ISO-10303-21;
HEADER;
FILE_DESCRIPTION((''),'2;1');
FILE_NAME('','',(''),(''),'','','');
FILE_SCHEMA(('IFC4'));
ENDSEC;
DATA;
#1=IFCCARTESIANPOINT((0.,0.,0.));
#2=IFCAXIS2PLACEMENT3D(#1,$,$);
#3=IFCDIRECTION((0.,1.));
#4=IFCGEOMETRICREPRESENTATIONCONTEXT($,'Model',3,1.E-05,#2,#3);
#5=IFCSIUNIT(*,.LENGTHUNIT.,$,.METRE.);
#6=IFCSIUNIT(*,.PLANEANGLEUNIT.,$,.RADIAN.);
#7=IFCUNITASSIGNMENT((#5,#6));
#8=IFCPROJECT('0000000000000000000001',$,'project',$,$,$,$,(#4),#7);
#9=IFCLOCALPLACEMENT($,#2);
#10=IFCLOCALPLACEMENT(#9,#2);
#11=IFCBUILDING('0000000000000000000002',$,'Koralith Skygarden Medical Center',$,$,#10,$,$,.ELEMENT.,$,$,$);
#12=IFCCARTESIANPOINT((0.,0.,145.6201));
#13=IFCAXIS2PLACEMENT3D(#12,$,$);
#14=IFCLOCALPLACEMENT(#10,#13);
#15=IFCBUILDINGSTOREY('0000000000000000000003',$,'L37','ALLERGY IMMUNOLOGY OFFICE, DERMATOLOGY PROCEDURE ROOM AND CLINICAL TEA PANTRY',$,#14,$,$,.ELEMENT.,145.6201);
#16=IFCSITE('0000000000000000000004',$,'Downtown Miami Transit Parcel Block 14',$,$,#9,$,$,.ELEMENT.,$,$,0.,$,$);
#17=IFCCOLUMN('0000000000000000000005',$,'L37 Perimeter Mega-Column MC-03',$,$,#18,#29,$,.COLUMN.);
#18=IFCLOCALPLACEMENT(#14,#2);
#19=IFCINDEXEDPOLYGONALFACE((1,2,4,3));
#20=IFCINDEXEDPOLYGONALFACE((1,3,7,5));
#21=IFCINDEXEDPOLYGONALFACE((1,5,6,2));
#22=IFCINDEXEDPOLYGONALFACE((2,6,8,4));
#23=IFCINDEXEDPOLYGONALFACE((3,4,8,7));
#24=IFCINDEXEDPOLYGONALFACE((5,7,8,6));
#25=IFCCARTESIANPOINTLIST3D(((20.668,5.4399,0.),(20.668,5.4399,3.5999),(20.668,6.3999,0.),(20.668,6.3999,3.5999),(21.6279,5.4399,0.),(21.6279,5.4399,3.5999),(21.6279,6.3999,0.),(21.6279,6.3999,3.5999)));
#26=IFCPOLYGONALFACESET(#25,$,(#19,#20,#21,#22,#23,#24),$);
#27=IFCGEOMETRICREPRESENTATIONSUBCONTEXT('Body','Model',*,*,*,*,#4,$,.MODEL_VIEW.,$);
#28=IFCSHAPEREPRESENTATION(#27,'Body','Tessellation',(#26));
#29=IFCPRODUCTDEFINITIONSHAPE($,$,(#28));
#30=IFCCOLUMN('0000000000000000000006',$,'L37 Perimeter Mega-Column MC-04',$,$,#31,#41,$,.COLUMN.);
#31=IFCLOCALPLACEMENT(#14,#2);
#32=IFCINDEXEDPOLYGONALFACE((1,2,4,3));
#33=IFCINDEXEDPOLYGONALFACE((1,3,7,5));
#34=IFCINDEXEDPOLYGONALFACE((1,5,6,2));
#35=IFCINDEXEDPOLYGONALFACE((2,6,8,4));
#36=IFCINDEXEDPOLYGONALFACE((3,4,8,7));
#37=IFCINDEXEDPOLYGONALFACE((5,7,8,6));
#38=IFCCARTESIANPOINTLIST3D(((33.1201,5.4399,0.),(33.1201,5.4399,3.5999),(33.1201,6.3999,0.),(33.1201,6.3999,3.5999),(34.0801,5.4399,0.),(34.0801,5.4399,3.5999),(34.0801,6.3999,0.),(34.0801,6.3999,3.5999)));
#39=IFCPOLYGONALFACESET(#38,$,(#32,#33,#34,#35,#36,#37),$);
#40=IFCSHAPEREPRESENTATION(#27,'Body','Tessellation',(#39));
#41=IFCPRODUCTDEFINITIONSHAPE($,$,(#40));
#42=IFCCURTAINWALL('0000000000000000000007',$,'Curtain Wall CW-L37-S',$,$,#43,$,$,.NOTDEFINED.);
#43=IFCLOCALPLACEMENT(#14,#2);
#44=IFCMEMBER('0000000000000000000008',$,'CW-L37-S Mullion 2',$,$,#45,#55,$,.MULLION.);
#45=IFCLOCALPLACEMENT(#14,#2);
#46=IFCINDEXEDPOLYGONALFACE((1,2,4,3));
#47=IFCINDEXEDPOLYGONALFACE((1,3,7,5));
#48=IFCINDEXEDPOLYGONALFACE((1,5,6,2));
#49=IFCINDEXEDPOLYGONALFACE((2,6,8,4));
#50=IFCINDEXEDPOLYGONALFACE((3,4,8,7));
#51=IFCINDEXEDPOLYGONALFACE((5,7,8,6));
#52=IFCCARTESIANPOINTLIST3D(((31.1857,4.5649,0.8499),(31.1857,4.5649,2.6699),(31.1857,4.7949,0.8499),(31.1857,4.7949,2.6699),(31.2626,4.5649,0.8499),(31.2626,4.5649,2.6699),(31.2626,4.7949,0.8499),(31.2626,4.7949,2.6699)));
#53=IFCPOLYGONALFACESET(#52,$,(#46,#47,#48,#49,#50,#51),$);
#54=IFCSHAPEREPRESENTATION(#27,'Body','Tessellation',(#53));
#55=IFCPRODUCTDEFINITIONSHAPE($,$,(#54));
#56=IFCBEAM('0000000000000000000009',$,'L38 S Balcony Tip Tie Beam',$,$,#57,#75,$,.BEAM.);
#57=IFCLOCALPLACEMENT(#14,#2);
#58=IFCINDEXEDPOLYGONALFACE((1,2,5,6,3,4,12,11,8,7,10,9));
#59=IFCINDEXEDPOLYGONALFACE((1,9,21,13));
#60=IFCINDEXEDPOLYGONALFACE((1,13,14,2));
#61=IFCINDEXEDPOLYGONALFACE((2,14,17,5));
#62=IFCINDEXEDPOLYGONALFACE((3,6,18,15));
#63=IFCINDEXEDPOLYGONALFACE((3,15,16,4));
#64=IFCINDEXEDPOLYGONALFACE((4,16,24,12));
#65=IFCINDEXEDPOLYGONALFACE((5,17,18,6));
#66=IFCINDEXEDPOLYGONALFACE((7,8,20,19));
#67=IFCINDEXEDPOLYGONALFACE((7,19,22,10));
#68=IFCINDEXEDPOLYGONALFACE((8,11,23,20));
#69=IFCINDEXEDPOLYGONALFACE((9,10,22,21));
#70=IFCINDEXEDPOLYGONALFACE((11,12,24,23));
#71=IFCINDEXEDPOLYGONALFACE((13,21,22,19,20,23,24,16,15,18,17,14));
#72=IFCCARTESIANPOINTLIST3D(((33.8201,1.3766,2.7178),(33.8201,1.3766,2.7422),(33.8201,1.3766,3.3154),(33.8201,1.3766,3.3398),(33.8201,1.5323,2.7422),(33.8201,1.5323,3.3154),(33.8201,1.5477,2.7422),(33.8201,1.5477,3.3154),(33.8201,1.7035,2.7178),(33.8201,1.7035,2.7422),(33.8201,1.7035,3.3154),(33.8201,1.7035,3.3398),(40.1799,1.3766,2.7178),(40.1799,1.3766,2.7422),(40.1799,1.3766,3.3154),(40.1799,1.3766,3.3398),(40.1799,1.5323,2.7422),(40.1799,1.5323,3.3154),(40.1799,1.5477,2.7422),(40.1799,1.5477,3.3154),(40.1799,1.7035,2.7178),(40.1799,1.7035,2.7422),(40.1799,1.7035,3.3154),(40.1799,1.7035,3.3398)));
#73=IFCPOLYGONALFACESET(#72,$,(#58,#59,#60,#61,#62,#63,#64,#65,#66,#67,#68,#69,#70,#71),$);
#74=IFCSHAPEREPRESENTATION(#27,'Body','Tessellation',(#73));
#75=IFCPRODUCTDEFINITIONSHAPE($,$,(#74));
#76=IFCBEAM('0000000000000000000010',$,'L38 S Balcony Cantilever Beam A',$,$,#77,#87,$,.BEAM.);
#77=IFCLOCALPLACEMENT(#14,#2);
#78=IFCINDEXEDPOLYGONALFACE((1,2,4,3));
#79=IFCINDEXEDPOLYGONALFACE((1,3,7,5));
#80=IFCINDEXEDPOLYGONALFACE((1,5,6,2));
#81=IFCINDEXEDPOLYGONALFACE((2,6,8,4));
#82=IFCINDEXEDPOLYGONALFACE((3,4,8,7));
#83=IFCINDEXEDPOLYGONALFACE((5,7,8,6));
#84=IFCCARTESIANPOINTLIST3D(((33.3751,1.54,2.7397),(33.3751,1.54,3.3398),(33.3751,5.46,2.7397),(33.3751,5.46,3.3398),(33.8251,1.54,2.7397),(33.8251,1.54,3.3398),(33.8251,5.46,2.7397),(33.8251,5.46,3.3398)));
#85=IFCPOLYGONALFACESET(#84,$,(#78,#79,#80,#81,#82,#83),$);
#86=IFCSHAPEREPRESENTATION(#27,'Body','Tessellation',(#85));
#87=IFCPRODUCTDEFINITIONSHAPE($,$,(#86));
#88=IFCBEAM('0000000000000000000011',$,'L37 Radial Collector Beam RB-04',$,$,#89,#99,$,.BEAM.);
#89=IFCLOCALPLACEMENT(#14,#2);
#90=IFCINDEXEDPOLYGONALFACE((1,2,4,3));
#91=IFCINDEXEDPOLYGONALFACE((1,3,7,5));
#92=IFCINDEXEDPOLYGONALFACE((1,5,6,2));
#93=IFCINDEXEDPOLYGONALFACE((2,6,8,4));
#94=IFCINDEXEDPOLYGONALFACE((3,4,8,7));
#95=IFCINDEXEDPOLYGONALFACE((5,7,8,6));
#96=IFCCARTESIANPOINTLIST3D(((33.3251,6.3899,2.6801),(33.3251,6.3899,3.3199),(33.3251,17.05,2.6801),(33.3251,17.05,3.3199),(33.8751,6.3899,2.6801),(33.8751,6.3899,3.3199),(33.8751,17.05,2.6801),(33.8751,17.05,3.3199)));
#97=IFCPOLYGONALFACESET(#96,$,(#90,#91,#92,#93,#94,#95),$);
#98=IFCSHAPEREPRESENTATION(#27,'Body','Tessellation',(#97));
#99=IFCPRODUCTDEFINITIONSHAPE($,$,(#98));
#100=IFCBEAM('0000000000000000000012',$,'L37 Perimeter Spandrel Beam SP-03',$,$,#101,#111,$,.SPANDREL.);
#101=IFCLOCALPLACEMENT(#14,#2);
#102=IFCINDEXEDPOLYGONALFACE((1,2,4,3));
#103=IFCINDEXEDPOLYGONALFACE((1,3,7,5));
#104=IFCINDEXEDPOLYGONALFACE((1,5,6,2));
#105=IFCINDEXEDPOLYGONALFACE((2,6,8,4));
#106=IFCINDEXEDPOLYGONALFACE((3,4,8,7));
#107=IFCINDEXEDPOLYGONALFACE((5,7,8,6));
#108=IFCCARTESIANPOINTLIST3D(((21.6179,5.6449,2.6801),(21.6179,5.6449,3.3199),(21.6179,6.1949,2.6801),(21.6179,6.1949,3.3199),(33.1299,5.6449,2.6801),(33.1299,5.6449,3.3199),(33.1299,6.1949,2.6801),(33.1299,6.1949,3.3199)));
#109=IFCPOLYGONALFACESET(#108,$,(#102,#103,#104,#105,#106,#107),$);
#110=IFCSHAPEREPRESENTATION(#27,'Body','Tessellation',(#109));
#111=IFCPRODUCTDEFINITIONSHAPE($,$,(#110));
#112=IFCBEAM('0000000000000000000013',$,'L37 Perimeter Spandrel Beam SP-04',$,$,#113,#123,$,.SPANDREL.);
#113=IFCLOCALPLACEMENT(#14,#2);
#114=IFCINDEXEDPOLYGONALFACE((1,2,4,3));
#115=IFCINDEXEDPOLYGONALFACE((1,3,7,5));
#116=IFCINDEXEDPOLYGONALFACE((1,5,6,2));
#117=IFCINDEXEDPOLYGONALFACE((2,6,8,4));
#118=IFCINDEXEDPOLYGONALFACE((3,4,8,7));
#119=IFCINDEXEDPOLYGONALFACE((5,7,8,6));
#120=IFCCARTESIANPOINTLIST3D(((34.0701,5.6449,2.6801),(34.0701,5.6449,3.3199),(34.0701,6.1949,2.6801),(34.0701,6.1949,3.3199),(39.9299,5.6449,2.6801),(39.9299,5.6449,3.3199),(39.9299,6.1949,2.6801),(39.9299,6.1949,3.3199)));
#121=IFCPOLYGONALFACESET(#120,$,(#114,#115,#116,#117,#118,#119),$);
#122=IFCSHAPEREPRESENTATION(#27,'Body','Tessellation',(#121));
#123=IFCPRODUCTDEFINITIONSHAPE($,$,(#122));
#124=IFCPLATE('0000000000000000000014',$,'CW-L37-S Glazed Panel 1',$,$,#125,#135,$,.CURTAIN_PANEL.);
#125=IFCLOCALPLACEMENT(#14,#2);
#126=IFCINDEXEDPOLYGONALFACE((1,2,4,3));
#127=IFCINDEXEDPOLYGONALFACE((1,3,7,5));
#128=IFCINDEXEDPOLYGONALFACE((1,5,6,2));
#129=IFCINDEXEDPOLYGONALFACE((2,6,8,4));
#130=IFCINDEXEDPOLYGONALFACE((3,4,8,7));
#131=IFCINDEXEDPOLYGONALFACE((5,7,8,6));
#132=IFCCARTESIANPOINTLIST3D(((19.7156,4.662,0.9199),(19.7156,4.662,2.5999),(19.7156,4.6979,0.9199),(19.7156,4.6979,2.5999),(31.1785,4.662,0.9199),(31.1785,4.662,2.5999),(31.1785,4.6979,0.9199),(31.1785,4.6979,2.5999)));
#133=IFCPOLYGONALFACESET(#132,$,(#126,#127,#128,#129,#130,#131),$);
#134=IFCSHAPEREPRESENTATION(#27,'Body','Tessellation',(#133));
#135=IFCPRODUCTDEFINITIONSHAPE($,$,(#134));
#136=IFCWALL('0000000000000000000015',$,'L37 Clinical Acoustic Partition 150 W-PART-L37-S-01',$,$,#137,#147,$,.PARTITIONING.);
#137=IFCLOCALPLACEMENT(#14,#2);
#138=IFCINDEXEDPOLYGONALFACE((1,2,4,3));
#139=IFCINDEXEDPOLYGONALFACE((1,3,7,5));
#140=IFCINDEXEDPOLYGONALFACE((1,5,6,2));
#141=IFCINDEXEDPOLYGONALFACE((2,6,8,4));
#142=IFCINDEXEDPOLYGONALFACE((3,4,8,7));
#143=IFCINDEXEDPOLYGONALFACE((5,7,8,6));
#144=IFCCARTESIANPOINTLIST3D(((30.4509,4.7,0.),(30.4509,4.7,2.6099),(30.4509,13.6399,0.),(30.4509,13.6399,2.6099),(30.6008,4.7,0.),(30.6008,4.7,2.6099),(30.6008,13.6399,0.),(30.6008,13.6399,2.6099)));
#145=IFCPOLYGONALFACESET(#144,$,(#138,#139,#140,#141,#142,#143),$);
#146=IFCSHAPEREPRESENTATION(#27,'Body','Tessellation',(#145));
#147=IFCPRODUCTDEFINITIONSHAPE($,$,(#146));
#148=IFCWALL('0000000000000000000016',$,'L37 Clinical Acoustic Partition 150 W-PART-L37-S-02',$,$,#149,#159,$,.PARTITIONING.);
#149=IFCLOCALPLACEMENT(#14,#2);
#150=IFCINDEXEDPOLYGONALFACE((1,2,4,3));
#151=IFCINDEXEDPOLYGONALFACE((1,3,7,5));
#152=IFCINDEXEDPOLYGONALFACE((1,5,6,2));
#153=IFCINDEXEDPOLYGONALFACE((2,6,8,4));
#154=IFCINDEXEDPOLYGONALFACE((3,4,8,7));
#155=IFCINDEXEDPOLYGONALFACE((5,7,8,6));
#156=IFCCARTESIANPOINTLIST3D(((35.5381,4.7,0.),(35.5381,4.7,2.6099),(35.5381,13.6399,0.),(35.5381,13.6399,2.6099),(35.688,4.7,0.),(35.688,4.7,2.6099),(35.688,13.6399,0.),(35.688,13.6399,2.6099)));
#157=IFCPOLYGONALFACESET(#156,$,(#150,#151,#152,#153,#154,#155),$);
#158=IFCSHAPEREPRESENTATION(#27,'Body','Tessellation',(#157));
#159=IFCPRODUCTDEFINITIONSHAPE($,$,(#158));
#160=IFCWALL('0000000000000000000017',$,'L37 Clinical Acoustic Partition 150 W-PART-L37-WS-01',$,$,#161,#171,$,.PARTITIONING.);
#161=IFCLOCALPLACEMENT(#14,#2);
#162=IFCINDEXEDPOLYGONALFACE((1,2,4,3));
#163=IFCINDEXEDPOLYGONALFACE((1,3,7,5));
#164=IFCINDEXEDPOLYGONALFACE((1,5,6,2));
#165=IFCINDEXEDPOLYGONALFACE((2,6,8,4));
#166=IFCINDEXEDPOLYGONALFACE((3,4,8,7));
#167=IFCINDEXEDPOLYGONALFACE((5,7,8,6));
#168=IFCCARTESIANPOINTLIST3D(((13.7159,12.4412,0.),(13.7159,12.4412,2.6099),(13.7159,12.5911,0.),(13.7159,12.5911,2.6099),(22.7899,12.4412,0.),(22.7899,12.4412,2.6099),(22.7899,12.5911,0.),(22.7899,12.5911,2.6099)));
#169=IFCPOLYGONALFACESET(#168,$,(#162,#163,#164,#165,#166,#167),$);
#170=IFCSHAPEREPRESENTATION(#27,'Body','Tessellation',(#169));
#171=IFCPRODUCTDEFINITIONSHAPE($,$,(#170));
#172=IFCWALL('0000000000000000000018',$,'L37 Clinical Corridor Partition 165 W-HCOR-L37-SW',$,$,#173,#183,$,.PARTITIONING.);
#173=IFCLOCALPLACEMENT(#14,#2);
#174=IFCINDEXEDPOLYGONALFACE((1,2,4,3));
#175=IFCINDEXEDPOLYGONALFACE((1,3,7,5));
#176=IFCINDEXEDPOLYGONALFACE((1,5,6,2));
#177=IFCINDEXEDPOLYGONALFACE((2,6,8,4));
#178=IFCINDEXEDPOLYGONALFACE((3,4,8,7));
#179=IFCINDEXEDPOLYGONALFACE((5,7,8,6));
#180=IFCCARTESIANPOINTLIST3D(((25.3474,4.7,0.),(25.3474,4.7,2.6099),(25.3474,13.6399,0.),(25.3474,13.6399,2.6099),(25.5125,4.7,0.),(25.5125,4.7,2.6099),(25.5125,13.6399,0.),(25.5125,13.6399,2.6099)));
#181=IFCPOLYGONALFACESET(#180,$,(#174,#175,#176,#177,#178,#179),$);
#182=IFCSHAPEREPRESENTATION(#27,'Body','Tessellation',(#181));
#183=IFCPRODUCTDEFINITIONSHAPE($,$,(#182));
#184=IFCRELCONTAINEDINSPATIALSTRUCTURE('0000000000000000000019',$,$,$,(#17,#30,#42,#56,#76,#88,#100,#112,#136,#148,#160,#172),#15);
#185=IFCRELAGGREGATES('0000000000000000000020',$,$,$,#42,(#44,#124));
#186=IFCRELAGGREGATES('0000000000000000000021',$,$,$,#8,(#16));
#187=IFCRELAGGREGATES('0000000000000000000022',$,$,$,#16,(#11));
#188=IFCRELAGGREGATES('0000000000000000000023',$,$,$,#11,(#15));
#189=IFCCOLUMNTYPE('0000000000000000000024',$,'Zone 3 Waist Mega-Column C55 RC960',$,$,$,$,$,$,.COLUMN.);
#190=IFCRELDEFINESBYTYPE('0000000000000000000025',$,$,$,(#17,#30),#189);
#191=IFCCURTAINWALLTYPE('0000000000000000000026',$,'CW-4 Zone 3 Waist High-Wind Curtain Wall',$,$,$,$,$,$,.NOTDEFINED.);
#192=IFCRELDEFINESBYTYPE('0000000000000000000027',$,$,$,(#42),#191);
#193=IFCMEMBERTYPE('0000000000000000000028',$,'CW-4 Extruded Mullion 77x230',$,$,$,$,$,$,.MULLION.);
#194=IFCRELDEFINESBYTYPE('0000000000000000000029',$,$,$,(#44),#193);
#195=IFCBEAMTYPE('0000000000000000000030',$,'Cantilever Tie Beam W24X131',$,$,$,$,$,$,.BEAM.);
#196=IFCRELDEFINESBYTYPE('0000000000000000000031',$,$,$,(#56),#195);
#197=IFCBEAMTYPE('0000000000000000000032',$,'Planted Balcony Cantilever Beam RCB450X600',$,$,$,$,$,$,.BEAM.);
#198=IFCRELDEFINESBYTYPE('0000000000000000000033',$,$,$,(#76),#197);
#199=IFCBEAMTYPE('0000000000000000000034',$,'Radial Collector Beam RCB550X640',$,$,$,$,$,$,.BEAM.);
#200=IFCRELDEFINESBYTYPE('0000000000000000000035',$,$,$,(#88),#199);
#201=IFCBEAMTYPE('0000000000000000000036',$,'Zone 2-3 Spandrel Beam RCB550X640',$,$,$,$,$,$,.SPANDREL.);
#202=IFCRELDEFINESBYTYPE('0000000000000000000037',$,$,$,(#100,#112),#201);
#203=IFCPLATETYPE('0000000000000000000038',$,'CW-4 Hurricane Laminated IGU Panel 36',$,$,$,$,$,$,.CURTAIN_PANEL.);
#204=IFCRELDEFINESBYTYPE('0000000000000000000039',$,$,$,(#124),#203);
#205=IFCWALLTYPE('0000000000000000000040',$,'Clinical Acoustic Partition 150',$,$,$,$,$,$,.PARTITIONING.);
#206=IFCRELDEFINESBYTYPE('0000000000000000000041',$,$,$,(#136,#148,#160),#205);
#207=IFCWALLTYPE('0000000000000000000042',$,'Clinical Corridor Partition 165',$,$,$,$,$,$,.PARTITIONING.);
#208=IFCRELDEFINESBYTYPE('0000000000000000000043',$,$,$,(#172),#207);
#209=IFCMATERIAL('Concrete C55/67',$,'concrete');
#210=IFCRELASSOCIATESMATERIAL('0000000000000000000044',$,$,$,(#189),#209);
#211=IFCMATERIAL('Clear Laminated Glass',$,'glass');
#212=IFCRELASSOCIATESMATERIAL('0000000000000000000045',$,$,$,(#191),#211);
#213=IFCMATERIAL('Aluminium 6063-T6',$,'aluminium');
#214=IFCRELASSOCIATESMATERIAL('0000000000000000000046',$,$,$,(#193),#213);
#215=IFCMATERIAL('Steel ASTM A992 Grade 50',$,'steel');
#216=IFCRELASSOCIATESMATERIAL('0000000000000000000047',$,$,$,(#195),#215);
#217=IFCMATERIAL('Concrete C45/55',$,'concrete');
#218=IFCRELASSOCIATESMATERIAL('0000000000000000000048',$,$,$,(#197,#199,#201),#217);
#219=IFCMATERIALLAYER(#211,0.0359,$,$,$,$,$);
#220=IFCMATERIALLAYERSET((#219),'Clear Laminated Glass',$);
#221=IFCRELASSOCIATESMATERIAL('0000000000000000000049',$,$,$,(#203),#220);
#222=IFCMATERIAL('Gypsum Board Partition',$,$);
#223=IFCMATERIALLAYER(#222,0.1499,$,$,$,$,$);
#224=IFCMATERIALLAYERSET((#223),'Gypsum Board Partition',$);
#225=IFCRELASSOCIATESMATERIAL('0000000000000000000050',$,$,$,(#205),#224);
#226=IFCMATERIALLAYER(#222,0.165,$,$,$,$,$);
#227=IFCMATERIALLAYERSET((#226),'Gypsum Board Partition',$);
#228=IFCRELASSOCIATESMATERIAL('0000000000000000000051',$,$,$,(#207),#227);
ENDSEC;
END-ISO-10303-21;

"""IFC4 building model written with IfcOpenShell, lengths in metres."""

from ifc_helpers import new_model, si_unit, direction, frame, frame_2d, origin, origin_2d, place, context, subcontext, project, spatial, rectangle, i_section, extrude, material, layer, layer_set, material_profile, profile_set, type_object, element, aggregate, save


model = new_model("IFC4")

# Units and contexts
model_context = context("Model", 3, precision=1e-05, world=origin(), true_north=direction((0.0, 1.0)))
body_context = subcontext(model_context, "Body", "Model", "MODEL_VIEW")
ifc_project = project(units=[si_unit("LENGTHUNIT", "METRE"), si_unit("PLANEANGLEUNIT", "RADIAN")], contexts=[model_context])

# Site, building, storey
site_placement = place(None, origin())
site = spatial("IfcSite", under=ifc_project, at=site_placement, Name="Downtown Miami Transit Parcel Block 14", CompositionType="ELEMENT", RefElevation=0.0)
building_placement = place(site_placement, origin())
building = spatial("IfcBuilding", under=site, at=building_placement, Name="Koralith Skygarden Medical Center", CompositionType="ELEMENT")
storey_placement = place(building_placement, frame((0.0, 0.0, 145.6201)))
storey = spatial("IfcBuildingStorey", under=building, at=storey_placement, Name="L37", Description="ALLERGY IMMUNOLOGY OFFICE, DERMATOLOGY PROCEDURE ROOM AND CLINICAL TEA PANTRY", CompositionType="ELEMENT", Elevation=145.6201)

# Columns
ifc_material_1 = material(Name="Concrete C55/67", Category="concrete")
ifc_material_profile_1 = material_profile(ifc_material_1, rectangle(XDim=0.96, YDim=0.96, at=origin_2d()), Name="RC960X960")
ifc_profile_set_1 = profile_set([ifc_material_profile_1], Name="Concrete C55/67")
column_type = type_object("IfcColumnType", Name="Zone 3 Waist Mega-Column C55 RC960", PredefinedType="COLUMN", material=ifc_profile_set_1)
for number, where, z_axis, x_axis, name in (
    (1, (21.1479, 5.9199, 0.0), (0.0, 0.0, 1.0), (1.0, 0.0, 0.0), "L37 Perimeter Mega-Column MC-03"),
    (2, (33.6001, 5.9199, 0.0), (0.0, 0.0, 1.0), (1.0, 0.0, 0.0), "L37 Perimeter Mega-Column MC-04"),
):
    element("IfcColumn", number, at=place(storey_placement, frame(where, z_axis=z_axis, x_axis=x_axis)), inside=storey, type_object=column_type, Name=name, PredefinedType="COLUMN", context=body_context, shape_type="SweptSolid", body=[
        extrude(rectangle(XDim=0.96, YDim=0.96, at=origin_2d()), origin(), (0.0, 0.0, 1.0), 3.5999),
    ])

# Curtain wall, member
ifc_material_2 = material(Name="Clear Laminated Glass", Category="glass")
curtain_wall_type = type_object("IfcCurtainWallType", Name="CW-4 Zone 3 Waist High-Wind Curtain Wall", PredefinedType="NOTDEFINED", material=ifc_material_2)
curtain_wall_placement = place(storey_placement, origin())
curtain_wall = element("IfcCurtainWall", 3, at=curtain_wall_placement, inside=storey, type_object=curtain_wall_type, Name="Curtain Wall CW-L37-S", PredefinedType="NOTDEFINED")
ifc_material_3 = material(Name="Aluminium 6063-T6", Category="aluminium")
ifc_material_profile_2 = material_profile(ifc_material_3, rectangle(XDim=0.0769, YDim=0.23, at=origin_2d()), Name="MUL77X230")
ifc_profile_set_2 = profile_set([ifc_material_profile_2], Name="Aluminium 6063-T6")
member_type = type_object("IfcMemberType", Name="CW-4 Extruded Mullion 77x230", PredefinedType="MULLION", material=ifc_profile_set_2)
member_placement = place(storey_placement, frame((31.2241, 4.6799, 0.8499), z_axis=(0.0, 0.0, 1.0), x_axis=(1.0, 0.0, 0.0)))
member = element("IfcMember", 4, at=member_placement, type_object=member_type, Name="CW-L37-S Mullion 2", PredefinedType="MULLION", context=body_context, shape_type="SweptSolid", body=[
    extrude(rectangle(XDim=0.0769, YDim=0.23, at=origin_2d()), origin(), (0.0, 0.0, 1.0), 1.8201),
])

# Beams
ifc_material_4 = material(Name="Steel ASTM A992 Grade 50", Category="steel")
ifc_material_profile_3 = material_profile(ifc_material_4, i_section(OverallWidth=0.3269, OverallDepth=0.6221, WebThickness=0.0154, FlangeThickness=0.0244, at=origin_2d()), Name="W24X131")
ifc_profile_set_3 = profile_set([ifc_material_profile_3], Name="Steel ASTM A992 Grade 50")
beam_type_1 = type_object("IfcBeamType", Name="Cantilever Tie Beam W24X131", PredefinedType="BEAM", material=ifc_profile_set_3)
beam_1_placement = place(storey_placement, frame((33.8201, 1.54, 3.0288), z_axis=(1.0, 0.0, 0.0), x_axis=(0.0, 1.0, 0.0)))
element("IfcBeam", 5, at=beam_1_placement, inside=storey, type_object=beam_type_1, Name="L38 S Balcony Tip Tie Beam", PredefinedType="BEAM", context=body_context, shape_type="SweptSolid", body=[
    extrude(i_section(OverallWidth=0.3269, OverallDepth=0.6221, WebThickness=0.0154, FlangeThickness=0.0244, at=origin_2d()), origin(), (0.0, 0.0, 1.0), 6.3599),
])
ifc_material_5 = material(Name="Concrete C45/55", Category="concrete")
ifc_material_profile_4 = material_profile(ifc_material_5, rectangle(XDim=0.45, YDim=0.6001, at=origin_2d()), Name="RCB450X600")
ifc_profile_set_4 = profile_set([ifc_material_profile_4], Name="Concrete C45/55")
beam_type_2 = type_object("IfcBeamType", Name="Planted Balcony Cantilever Beam RCB450X600", PredefinedType="BEAM", material=ifc_profile_set_4)
beam_2_placement = place(storey_placement, frame((33.6001, 5.46, 3.0398), z_axis=(0.0, -1.0, 0.0), x_axis=(1.0, 0.0, 0.0)))
element("IfcBeam", 6, at=beam_2_placement, inside=storey, type_object=beam_type_2, Name="L38 S Balcony Cantilever Beam A", PredefinedType="BEAM", context=body_context, shape_type="SweptSolid", body=[
    extrude(rectangle(XDim=0.45, YDim=0.6001, at=origin_2d()), origin(), (0.0, 0.0, 1.0), 3.9199),
])
ifc_material_profile_5 = material_profile(ifc_material_5, rectangle(XDim=0.55, YDim=0.6399, at=origin_2d()), Name="RCB550X640")
ifc_profile_set_5 = profile_set([ifc_material_profile_5], Name="Concrete C45/55")
beam_type_3 = type_object("IfcBeamType", Name="Radial Collector Beam RCB550X640", PredefinedType="BEAM", material=ifc_profile_set_5)
beam_3_placement = place(storey_placement, frame((33.6001, 17.05, 3.0), z_axis=(0.0, -1.0, 0.0), x_axis=(1.0, 0.0, 0.0)))
element("IfcBeam", 7, at=beam_3_placement, inside=storey, type_object=beam_type_3, Name="L37 Radial Collector Beam RB-04", PredefinedType="BEAM", context=body_context, shape_type="SweptSolid", body=[
    extrude(rectangle(XDim=0.55, YDim=0.6399, at=origin_2d()), origin(), (0.0, 0.0, 1.0), 10.6602),
])
ifc_material_profile_6 = material_profile(ifc_material_5, rectangle(XDim=0.55, YDim=0.6399, at=origin_2d()), Name="RCB550X640")
ifc_profile_set_6 = profile_set([ifc_material_profile_6], Name="Concrete C45/55")
beam_type_4 = type_object("IfcBeamType", Name="Zone 2-3 Spandrel Beam RCB550X640", PredefinedType="SPANDREL", material=ifc_profile_set_6)
beam_4_placement = place(storey_placement, frame((21.6179, 5.9199, 3.0), z_axis=(1.0, 0.0, 0.0), x_axis=(0.0, 1.0, 0.0)))
element("IfcBeam", 8, at=beam_4_placement, inside=storey, type_object=beam_type_4, Name="L37 Perimeter Spandrel Beam SP-03", PredefinedType="SPANDREL", context=body_context, shape_type="SweptSolid", body=[
    extrude(rectangle(XDim=0.55, YDim=0.6399, at=origin_2d()), origin(), (0.0, 0.0, 1.0), 11.512),
])
beam_5_placement = place(storey_placement, frame((34.0701, 5.9199, 3.0), z_axis=(1.0, 0.0, 0.0), x_axis=(0.0, 1.0, 0.0)))
element("IfcBeam", 9, at=beam_5_placement, inside=storey, type_object=beam_type_4, Name="L37 Perimeter Spandrel Beam SP-04", PredefinedType="SPANDREL", context=body_context, shape_type="SweptSolid", body=[
    extrude(rectangle(XDim=0.55, YDim=0.6399, at=origin_2d()), origin(), (0.0, 0.0, 1.0), 5.8599),
])

# Plate
ifc_layer_1 = layer(ifc_material_2, 0.0359)
ifc_layer_set_1 = layer_set([ifc_layer_1], Name="Clear Laminated Glass")
plate_type = type_object("IfcPlateType", Name="CW-4 Hurricane Laminated IGU Panel 36", PredefinedType="CURTAIN_PANEL", material=ifc_layer_set_1)
plate_placement = place(storey_placement, frame((25.447, 4.6799, 0.9199), z_axis=(0.0, 0.0, 1.0), x_axis=(1.0, 0.0, 0.0)))
plate = element("IfcPlate", 10, at=plate_placement, type_object=plate_type, Name="CW-L37-S Glazed Panel 1", PredefinedType="CURTAIN_PANEL", context=body_context, shape_type="SweptSolid", body=[
    extrude(rectangle(XDim=11.4629, YDim=0.0359, at=origin_2d()), origin(), (0.0, 0.0, 1.0), 1.6799),
])
aggregate(curtain_wall, [member, plate])

# Walls
ifc_material_6 = material(Name="Gypsum Board Partition")
ifc_layer_2 = layer(ifc_material_6, 0.1499)
ifc_layer_set_2 = layer_set([ifc_layer_2], Name="Gypsum Board Partition")
wall_type_1 = type_object("IfcWallType", Name="Clinical Acoustic Partition 150", PredefinedType="PARTITIONING", material=ifc_layer_set_2)
for number, where, z_axis, x_axis, name in (
    (11, (30.5259, 13.6399, 0.0), (0.0, 0.0, 1.0), (0.0, -1.0, 0.0), "L37 Clinical Acoustic Partition 150 W-PART-L37-S-01"),
    (12, (35.613, 13.6399, 0.0), (0.0, 0.0, 1.0), (0.0, -1.0, 0.0), "L37 Clinical Acoustic Partition 150 W-PART-L37-S-02"),
):
    element("IfcWall", number, at=place(storey_placement, frame(where, z_axis=z_axis, x_axis=x_axis)), inside=storey, type_object=wall_type_1, Name=name, PredefinedType="PARTITIONING", context=body_context, shape_type="SweptSolid", body=[
        extrude(rectangle(XDim=8.9399, YDim=0.1499, at=frame_2d((4.47, 0.0))), origin(), (0.0, 0.0, 1.0), 2.6099),
    ])
wall_1_placement = place(storey_placement, frame((22.79, 12.5161, 0.0), z_axis=(0.0, 0.0, 1.0), x_axis=(-1.0, 0.0, 0.0)))
element("IfcWall", 13, at=wall_1_placement, inside=storey, type_object=wall_type_1, Name="L37 Clinical Acoustic Partition 150 W-PART-L37-WS-01", PredefinedType="PARTITIONING", context=body_context, shape_type="SweptSolid", body=[
    extrude(rectangle(XDim=9.074, YDim=0.1499, at=frame_2d((4.5371, 0.0))), origin(), (0.0, 0.0, 1.0), 2.6099),
])
ifc_layer_3 = layer(ifc_material_6, 0.165)
ifc_layer_set_3 = layer_set([ifc_layer_3], Name="Gypsum Board Partition")
wall_type_2 = type_object("IfcWallType", Name="Clinical Corridor Partition 165", PredefinedType="PARTITIONING", material=ifc_layer_set_3)
wall_2_placement = place(storey_placement, frame((25.4299, 4.7, 0.0), z_axis=(0.0, 0.0, 1.0), x_axis=(0.0, 1.0, 0.0)))
element("IfcWall", 14, at=wall_2_placement, inside=storey, type_object=wall_type_2, Name="L37 Clinical Corridor Partition 165 W-HCOR-L37-SW", PredefinedType="PARTITIONING", context=body_context, shape_type="SweptSolid", body=[
    extrude(rectangle(XDim=8.9399, YDim=0.165, at=frame_2d((4.47, 0.0))), origin(), (0.0, 0.0, 1.0), 2.6099),
])

save(model, "model.ifc")
